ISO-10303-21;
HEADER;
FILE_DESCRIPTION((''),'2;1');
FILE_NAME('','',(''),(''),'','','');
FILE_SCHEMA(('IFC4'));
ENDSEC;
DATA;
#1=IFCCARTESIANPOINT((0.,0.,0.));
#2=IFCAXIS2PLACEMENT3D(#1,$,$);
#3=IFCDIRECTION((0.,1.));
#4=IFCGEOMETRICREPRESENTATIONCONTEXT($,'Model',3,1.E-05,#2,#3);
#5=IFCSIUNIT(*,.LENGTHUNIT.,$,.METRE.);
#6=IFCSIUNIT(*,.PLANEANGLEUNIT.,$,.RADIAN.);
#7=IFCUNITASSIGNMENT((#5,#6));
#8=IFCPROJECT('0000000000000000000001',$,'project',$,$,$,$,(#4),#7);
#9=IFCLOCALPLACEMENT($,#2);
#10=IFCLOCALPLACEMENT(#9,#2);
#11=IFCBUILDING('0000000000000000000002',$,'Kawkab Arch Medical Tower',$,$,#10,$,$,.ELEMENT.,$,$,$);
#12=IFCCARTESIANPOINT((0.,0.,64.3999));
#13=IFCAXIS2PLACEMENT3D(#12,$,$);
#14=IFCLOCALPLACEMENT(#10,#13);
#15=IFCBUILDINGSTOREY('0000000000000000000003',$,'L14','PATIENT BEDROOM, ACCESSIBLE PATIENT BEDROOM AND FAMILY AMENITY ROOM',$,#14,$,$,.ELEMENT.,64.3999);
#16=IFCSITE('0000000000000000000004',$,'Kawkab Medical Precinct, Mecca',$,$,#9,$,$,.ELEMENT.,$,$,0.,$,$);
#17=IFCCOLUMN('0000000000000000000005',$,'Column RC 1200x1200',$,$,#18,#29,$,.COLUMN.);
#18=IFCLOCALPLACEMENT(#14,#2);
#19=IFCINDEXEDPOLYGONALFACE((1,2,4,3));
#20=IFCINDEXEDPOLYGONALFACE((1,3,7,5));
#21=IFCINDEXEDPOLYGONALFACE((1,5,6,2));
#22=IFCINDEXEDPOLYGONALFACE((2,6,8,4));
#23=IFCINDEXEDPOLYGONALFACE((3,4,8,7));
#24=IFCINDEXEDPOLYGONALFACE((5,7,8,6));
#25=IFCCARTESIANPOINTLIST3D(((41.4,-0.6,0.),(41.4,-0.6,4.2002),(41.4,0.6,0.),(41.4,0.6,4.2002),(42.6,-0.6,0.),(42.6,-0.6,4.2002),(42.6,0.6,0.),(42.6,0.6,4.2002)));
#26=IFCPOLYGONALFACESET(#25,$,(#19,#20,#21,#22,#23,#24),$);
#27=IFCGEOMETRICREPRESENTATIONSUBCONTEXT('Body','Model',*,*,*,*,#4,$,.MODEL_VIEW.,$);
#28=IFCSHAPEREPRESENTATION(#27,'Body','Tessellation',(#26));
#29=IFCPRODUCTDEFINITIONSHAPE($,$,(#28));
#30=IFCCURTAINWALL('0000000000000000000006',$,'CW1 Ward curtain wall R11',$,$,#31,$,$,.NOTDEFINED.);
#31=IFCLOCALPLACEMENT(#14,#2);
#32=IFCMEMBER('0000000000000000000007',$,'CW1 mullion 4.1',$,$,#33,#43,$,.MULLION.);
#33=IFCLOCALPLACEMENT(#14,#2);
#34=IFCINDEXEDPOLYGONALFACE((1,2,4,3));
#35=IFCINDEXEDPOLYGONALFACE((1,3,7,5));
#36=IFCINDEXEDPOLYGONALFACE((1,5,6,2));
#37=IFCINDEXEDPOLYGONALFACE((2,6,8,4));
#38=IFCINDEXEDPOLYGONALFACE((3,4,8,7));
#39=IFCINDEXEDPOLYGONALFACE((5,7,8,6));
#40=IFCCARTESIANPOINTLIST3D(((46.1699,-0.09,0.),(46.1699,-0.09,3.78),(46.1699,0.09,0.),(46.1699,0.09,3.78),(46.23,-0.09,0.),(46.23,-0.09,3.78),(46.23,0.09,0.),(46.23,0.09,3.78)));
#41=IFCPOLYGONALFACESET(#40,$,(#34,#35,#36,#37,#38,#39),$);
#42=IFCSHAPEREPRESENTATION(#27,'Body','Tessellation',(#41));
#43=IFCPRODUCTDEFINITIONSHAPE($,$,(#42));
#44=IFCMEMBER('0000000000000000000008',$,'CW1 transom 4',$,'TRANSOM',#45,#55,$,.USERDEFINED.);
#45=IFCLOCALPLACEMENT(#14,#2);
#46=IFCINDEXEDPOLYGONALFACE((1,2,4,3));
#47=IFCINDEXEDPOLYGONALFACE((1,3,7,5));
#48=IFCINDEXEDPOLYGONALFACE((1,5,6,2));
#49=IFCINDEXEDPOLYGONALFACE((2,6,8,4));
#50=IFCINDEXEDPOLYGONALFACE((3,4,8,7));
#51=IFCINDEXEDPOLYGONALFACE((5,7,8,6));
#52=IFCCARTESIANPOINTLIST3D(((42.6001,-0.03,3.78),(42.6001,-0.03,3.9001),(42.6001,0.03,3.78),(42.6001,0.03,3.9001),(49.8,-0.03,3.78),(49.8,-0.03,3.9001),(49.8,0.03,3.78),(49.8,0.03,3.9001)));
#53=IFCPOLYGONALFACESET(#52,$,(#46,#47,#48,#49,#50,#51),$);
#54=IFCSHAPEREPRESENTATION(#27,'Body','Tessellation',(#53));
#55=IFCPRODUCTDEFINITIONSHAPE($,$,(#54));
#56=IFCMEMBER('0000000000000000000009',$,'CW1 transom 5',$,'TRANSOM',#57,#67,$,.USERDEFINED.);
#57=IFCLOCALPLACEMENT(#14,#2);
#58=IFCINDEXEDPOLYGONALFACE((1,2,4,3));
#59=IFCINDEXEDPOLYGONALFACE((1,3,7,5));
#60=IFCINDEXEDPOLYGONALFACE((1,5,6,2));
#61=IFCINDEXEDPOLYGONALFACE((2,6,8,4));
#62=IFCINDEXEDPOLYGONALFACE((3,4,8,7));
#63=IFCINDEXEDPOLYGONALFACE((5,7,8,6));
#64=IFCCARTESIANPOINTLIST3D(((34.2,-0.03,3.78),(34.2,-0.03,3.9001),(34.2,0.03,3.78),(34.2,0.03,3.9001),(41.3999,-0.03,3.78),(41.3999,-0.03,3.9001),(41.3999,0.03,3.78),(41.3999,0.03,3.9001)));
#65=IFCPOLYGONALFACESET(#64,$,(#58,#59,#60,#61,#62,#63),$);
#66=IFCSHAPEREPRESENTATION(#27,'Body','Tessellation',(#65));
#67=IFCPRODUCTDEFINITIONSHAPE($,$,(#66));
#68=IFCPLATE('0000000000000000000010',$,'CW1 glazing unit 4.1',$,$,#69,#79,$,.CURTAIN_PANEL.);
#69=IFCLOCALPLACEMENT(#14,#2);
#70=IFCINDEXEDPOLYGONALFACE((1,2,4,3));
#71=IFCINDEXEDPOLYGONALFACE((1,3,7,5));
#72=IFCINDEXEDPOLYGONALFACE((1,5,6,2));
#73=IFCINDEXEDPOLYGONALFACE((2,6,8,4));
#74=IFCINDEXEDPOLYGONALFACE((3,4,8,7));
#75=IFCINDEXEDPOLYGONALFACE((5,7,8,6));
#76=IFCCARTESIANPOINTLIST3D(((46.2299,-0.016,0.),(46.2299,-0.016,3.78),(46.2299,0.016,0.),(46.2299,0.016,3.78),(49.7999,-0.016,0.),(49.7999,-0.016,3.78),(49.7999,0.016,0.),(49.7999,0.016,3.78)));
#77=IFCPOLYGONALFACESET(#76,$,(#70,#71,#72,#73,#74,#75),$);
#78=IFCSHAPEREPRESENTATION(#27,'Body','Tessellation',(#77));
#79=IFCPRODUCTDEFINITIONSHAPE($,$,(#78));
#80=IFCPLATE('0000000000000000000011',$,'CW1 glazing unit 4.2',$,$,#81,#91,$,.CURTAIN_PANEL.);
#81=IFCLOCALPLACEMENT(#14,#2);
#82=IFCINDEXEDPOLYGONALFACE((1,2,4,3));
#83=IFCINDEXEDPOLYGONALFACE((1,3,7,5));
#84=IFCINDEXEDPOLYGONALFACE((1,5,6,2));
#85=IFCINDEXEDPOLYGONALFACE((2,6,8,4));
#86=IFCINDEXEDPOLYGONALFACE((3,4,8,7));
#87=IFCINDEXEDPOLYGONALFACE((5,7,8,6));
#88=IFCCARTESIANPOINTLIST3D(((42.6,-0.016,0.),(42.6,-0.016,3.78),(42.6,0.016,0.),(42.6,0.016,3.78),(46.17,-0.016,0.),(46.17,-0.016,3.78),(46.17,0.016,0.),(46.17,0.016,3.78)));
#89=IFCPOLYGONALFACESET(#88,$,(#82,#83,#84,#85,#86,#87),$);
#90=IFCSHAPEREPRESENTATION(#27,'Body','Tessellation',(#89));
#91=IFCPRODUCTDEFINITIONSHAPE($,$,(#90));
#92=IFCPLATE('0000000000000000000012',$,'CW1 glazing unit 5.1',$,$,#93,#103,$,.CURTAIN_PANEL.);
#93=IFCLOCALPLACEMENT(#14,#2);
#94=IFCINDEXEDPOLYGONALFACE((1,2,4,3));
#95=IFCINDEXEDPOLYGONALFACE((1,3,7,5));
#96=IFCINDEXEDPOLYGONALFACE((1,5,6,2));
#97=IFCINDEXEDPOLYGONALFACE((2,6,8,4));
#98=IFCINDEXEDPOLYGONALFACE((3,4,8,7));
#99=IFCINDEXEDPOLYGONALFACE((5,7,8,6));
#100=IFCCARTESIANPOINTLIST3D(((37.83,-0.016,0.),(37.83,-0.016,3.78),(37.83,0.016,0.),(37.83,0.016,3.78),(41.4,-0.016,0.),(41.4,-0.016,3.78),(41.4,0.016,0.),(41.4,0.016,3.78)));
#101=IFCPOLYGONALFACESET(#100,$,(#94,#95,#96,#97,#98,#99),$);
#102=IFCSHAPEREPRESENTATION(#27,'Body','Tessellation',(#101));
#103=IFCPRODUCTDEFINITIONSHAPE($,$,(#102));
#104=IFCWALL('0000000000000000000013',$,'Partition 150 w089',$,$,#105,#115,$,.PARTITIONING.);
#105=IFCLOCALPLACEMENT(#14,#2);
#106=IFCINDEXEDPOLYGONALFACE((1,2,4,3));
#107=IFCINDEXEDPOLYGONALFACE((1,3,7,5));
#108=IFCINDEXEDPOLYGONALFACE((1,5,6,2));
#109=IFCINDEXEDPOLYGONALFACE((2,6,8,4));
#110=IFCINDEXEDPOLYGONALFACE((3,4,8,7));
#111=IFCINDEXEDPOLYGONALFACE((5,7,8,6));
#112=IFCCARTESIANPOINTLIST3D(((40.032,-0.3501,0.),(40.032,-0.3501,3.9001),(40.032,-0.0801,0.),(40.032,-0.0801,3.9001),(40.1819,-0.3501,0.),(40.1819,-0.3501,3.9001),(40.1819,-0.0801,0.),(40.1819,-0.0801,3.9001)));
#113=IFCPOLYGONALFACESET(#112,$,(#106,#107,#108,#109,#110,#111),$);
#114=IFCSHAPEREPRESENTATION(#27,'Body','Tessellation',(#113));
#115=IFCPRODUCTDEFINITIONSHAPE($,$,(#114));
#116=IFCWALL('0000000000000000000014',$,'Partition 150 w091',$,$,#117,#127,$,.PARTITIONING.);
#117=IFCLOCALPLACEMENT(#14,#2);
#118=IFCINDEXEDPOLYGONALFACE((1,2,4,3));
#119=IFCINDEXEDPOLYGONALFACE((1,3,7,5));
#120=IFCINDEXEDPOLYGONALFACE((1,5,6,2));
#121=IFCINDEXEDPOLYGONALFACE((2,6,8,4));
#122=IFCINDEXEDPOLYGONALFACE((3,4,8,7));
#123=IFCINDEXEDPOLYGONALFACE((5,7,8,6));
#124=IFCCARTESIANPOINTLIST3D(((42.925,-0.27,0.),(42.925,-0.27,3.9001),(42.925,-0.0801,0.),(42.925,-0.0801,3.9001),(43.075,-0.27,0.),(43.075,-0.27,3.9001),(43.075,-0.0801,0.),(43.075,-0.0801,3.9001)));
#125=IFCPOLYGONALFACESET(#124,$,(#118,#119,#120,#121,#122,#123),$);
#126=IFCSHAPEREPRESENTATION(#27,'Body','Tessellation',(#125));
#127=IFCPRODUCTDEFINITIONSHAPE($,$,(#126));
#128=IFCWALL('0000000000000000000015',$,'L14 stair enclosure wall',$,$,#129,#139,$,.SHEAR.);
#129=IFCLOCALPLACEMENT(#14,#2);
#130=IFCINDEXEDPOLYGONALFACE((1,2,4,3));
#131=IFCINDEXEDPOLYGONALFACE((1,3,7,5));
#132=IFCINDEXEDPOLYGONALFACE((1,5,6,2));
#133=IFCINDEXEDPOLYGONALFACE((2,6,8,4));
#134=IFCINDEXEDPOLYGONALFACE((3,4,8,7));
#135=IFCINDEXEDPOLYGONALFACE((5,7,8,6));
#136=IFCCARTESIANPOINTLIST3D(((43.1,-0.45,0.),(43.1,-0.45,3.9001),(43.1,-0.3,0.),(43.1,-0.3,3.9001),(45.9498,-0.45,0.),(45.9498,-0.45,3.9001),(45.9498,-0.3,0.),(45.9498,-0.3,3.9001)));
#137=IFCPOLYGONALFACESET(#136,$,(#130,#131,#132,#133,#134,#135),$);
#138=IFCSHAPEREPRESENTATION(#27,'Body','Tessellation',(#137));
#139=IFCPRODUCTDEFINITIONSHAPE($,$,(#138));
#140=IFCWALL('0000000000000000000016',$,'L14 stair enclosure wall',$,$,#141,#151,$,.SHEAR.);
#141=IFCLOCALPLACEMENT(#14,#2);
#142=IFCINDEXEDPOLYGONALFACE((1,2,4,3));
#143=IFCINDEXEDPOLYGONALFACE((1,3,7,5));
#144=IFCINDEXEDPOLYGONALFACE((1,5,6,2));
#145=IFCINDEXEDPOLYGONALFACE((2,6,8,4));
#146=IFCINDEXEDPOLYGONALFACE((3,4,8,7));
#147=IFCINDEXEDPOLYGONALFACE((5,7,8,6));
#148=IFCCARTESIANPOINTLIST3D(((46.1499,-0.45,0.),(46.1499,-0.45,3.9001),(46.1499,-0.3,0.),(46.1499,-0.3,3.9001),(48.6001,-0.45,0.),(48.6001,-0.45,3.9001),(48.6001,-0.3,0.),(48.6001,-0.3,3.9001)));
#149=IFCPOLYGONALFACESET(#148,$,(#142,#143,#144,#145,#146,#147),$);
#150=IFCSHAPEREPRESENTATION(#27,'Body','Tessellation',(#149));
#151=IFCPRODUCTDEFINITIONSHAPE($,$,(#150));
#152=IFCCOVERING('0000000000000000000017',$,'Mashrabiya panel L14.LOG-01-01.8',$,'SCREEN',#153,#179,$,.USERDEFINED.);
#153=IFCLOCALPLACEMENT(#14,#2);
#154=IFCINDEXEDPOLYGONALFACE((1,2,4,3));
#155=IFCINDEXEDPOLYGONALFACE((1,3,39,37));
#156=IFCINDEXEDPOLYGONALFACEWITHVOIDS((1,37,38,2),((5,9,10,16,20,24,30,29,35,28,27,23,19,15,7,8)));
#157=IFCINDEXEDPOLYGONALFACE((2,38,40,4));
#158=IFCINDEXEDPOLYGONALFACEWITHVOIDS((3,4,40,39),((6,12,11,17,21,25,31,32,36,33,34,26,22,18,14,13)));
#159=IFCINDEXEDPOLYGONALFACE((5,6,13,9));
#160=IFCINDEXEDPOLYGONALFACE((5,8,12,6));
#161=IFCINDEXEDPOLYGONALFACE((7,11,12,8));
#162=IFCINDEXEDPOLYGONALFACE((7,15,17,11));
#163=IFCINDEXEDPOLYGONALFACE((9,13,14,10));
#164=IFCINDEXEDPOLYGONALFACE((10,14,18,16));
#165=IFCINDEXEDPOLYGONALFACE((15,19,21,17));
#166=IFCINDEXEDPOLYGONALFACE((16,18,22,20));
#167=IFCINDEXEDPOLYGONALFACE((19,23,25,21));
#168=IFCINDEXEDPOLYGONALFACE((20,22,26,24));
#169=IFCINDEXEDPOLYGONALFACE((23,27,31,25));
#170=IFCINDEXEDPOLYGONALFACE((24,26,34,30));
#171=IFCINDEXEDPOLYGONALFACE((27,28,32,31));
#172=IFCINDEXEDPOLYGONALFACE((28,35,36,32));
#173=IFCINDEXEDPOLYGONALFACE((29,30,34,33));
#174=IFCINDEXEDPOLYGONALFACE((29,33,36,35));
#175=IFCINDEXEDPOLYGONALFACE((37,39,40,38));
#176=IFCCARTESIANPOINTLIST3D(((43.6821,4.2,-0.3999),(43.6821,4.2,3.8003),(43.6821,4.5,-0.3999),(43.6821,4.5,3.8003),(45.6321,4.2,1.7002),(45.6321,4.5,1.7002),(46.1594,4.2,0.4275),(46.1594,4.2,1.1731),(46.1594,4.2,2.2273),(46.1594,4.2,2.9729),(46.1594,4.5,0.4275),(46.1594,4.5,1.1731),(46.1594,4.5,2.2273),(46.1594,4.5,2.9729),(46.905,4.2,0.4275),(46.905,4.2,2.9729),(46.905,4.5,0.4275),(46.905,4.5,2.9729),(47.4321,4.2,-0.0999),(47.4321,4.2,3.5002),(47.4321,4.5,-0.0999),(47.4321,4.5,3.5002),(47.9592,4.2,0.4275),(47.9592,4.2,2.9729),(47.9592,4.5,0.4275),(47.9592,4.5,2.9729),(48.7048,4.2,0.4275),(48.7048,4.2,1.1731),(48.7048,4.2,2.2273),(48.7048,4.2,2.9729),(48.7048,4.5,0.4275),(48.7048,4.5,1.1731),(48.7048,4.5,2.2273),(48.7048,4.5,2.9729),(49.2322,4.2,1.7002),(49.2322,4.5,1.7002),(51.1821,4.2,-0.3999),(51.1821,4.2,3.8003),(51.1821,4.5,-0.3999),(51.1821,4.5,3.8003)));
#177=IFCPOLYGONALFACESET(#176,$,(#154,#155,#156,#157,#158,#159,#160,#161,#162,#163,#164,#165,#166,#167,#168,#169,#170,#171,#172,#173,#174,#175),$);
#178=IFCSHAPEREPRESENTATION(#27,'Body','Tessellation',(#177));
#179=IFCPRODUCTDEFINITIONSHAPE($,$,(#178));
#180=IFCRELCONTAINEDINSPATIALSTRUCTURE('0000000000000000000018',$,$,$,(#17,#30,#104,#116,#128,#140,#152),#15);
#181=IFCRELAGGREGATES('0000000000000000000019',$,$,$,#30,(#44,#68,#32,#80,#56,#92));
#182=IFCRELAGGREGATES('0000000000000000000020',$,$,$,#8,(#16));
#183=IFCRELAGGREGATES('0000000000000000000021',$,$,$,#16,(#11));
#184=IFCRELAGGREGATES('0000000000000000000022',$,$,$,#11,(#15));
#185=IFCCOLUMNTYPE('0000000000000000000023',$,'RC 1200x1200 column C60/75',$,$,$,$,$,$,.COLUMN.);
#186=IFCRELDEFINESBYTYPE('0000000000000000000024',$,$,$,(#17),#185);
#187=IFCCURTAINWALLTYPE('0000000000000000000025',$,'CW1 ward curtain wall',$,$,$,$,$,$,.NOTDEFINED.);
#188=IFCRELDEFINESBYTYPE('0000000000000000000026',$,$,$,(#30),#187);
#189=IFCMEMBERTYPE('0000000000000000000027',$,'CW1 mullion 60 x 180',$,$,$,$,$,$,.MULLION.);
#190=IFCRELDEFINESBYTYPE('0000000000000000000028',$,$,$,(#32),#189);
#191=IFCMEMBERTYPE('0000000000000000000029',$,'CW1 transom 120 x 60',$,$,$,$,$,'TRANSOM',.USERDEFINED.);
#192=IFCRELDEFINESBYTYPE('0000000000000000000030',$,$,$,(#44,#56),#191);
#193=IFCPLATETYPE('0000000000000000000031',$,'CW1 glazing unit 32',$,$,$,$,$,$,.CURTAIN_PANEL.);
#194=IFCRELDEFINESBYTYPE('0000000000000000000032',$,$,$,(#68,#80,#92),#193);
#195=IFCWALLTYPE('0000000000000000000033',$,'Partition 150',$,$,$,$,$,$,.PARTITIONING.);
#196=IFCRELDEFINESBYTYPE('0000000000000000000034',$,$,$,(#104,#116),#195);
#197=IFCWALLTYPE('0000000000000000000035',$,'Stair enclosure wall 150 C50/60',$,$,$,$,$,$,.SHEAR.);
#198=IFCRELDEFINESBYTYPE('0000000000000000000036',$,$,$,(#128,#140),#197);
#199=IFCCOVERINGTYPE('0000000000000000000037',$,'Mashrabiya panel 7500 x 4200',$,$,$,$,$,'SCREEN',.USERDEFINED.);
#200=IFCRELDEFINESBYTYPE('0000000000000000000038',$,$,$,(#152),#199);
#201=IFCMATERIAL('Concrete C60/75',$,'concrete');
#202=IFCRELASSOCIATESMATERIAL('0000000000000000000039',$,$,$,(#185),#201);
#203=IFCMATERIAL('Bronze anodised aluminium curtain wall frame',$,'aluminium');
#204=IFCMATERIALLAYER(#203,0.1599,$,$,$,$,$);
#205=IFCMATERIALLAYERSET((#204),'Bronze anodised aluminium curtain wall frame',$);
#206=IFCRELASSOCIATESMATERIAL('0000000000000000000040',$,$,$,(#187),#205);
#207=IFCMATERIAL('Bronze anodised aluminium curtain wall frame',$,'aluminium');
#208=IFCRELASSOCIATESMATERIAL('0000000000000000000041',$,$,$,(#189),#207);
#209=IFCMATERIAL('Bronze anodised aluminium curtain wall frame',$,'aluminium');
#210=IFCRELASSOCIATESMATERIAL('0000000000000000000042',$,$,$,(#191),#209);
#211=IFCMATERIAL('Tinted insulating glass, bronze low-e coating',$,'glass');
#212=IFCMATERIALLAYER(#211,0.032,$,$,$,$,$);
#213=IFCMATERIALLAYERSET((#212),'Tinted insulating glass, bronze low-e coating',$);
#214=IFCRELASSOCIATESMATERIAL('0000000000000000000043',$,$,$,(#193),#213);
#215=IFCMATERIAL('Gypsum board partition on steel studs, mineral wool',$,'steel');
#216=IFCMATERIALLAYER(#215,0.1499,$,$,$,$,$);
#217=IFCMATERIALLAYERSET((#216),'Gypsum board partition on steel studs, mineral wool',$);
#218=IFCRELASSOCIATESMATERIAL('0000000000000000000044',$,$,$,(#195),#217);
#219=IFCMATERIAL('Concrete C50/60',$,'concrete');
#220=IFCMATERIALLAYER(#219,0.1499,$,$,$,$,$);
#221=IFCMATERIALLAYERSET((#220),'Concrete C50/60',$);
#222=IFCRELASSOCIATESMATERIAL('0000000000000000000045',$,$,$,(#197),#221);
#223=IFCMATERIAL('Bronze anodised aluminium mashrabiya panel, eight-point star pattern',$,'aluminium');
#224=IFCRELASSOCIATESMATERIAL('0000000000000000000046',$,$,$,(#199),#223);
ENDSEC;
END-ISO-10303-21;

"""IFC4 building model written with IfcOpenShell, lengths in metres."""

from ifc_helpers import new_model, si_unit, direction, frame, frame_2d, origin, origin_2d, place, context, subcontext, project, spatial, polyline, rectangle, outline, extrude, material, layer, layer_set, material_profile, profile_set, type_object, element, aggregate, save


model = new_model("IFC4")

# Units and contexts
model_context = context("Model", 3, precision=1e-05, world=origin(), true_north=direction((0.0, 1.0)))
body_context = subcontext(model_context, "Body", "Model", "MODEL_VIEW")
ifc_project = project(units=[si_unit("LENGTHUNIT", "METRE"), si_unit("PLANEANGLEUNIT", "RADIAN")], contexts=[model_context])

# Site, building, storey
site_placement = place(None, origin())
site = spatial("IfcSite", under=ifc_project, at=site_placement, Name="Kawkab Medical Precinct, Mecca", CompositionType="ELEMENT", RefElevation=0.0)
building_placement = place(site_placement, origin())
building = spatial("IfcBuilding", under=site, at=building_placement, Name="Kawkab Arch Medical Tower", CompositionType="ELEMENT")
storey_placement = place(building_placement, frame((0.0, 0.0, 64.3999)))
storey = spatial("IfcBuildingStorey", under=building, at=storey_placement, Name="L14", Description="PATIENT BEDROOM, ACCESSIBLE PATIENT BEDROOM AND FAMILY AMENITY ROOM", CompositionType="ELEMENT", Elevation=64.3999)

# Column
ifc_material_1 = material(Name="Concrete C60/75", Category="concrete")
ifc_material_profile_1 = material_profile(ifc_material_1, rectangle(XDim=1.2, YDim=1.2, at=origin_2d()), Name="RC 1200x1200")
ifc_profile_set_1 = profile_set([ifc_material_profile_1], Name="Concrete C60/75")
column_type = type_object("IfcColumnType", Name="RC 1200x1200 column C60/75", PredefinedType="COLUMN", material=ifc_profile_set_1)
column_placement = place(storey_placement, frame((42.0, 0.0, 0.0), z_axis=(0.0, 0.0, 1.0), x_axis=(1.0, 0.0, 0.0)))
element("IfcColumn", 1, at=column_placement, inside=storey, type_object=column_type, Name="Column RC 1200x1200", PredefinedType="COLUMN", context=body_context, shape_type="SweptSolid", body=[
    extrude(rectangle(XDim=1.2, YDim=1.2, at=origin_2d()), origin(), (0.0, 0.0, 1.0), 4.2002),
])

# Curtain wall, members, plates
ifc_material_2 = material(Name="Bronze anodised aluminium curtain wall frame", Category="aluminium")
ifc_layer_1 = layer(ifc_material_2, 0.1599)
ifc_layer_set_1 = layer_set([ifc_layer_1], Name="Bronze anodised aluminium curtain wall frame")
curtain_wall_type = type_object("IfcCurtainWallType", Name="CW1 ward curtain wall", PredefinedType="NOTDEFINED", material=ifc_layer_set_1)
curtain_wall_placement = place(storey_placement, origin())
curtain_wall = element("IfcCurtainWall", 2, at=curtain_wall_placement, inside=storey, type_object=curtain_wall_type, Name="CW1 Ward curtain wall R11", PredefinedType="NOTDEFINED")
ifc_material_3 = material(Name="Bronze anodised aluminium curtain wall frame", Category="aluminium")
ifc_material_profile_2 = material_profile(ifc_material_3, rectangle(XDim=0.1799, YDim=0.0601, at=origin_2d()), Name="AL 60x180")
ifc_profile_set_2 = profile_set([ifc_material_profile_2], Name="Bronze anodised aluminium curtain wall frame")
member_type_1 = type_object("IfcMemberType", Name="CW1 mullion 60 x 180", PredefinedType="MULLION", material=ifc_profile_set_2)
member_1_placement = place(storey_placement, frame((46.2, 0.0, 0.0), z_axis=(0.0, 0.0, 1.0), x_axis=(0.0, -1.0, 0.0)))
member_1 = element("IfcMember", 3, at=member_1_placement, type_object=member_type_1, Name="CW1 mullion 4.1", PredefinedType="MULLION", context=body_context, shape_type="SweptSolid", body=[
    extrude(rectangle(XDim=0.1799, YDim=0.0601, at=origin_2d()), origin(), (0.0, 0.0, 1.0), 3.78),
])
ifc_material_4 = material(Name="Bronze anodised aluminium curtain wall frame", Category="aluminium")
ifc_material_profile_3 = material_profile(ifc_material_4, rectangle(XDim=0.0601, YDim=0.1201, at=origin_2d()), Name="AL 60x120")
ifc_profile_set_3 = profile_set([ifc_material_profile_3], Name="Bronze anodised aluminium curtain wall frame")
member_type_2 = type_object("IfcMemberType", Name="CW1 transom 120 x 60", ElementType="TRANSOM", PredefinedType="USERDEFINED", material=ifc_profile_set_3)
member_2_placement = place(storey_placement, frame((49.8, 0.0, 3.8401), z_axis=(-1.0, 0.0, 0.0), x_axis=(0.0, -1.0, 0.0)))
member_2 = element("IfcMember", 4, at=member_2_placement, type_object=member_type_2, Name="CW1 transom 4", ObjectType="TRANSOM", PredefinedType="USERDEFINED", context=body_context, shape_type="SweptSolid", body=[
    extrude(rectangle(XDim=0.0601, YDim=0.1201, at=origin_2d()), origin(), (0.0, 0.0, 1.0), 7.2),
])
member_3_placement = place(storey_placement, frame((41.3999, 0.0, 3.8401), z_axis=(-1.0, 0.0, 0.0), x_axis=(0.0, -1.0, 0.0)))
member_3 = element("IfcMember", 5, at=member_3_placement, type_object=member_type_2, Name="CW1 transom 5", ObjectType="TRANSOM", PredefinedType="USERDEFINED", context=body_context, shape_type="SweptSolid", body=[
    extrude(rectangle(XDim=0.0601, YDim=0.1201, at=origin_2d()), origin(), (0.0, 0.0, 1.0), 7.2),
])
ifc_material_5 = material(Name="Tinted insulating glass, bronze low-e coating", Category="glass")
ifc_layer_2 = layer(ifc_material_5, 0.032)
ifc_layer_set_2 = layer_set([ifc_layer_2], Name="Tinted insulating glass, bronze low-e coating")
plate_type = type_object("IfcPlateType", Name="CW1 glazing unit 32", PredefinedType="CURTAIN_PANEL", material=ifc_layer_set_2)
plate_1_placement = place(storey_placement, frame((48.0149, 0.0, 0.0), z_axis=(0.0, 0.0, 1.0), x_axis=(-1.0, 0.0, 0.0)))
plate_1 = element("IfcPlate", 6, at=plate_1_placement, type_object=plate_type, Name="CW1 glazing unit 4.1", PredefinedType="CURTAIN_PANEL", context=body_context, shape_type="SweptSolid", body=[
    extrude(rectangle(XDim=3.5701, YDim=0.032, at=origin_2d()), origin(), (0.0, 0.0, 1.0), 3.78),
])
plate_2_placement = place(storey_placement, frame((44.385, 0.0, 0.0), z_axis=(0.0, 0.0, 1.0), x_axis=(-1.0, 0.0, 0.0)))
plate_2 = element("IfcPlate", 7, at=plate_2_placement, type_object=plate_type, Name="CW1 glazing unit 4.2", PredefinedType="CURTAIN_PANEL", context=body_context, shape_type="SweptSolid", body=[
    extrude(rectangle(XDim=3.5701, YDim=0.032, at=origin_2d()), origin(), (0.0, 0.0, 1.0), 3.78),
])
plate_3_placement = place(storey_placement, frame((39.615, 0.0, 0.0), z_axis=(0.0, 0.0, 1.0), x_axis=(-1.0, 0.0, 0.0)))
plate_3 = element("IfcPlate", 8, at=plate_3_placement, type_object=plate_type, Name="CW1 glazing unit 5.1", PredefinedType="CURTAIN_PANEL", context=body_context, shape_type="SweptSolid", body=[
    extrude(rectangle(XDim=3.5701, YDim=0.032, at=origin_2d()), origin(), (0.0, 0.0, 1.0), 3.78),
])
aggregate(curtain_wall, [member_2, plate_1, member_1, plate_2, member_3, plate_3])

# Walls
ifc_material_6 = material(Name="Gypsum board partition on steel studs, mineral wool", Category="steel")
ifc_layer_3 = layer(ifc_material_6, 0.1499)
ifc_layer_set_3 = layer_set([ifc_layer_3], Name="Gypsum board partition on steel studs, mineral wool")
wall_type_1 = type_object("IfcWallType", Name="Partition 150", PredefinedType="PARTITIONING", material=ifc_layer_set_3)
wall_1_placement = place(storey_placement, frame((40.1069, -0.3501, 0.0), z_axis=(0.0, 0.0, 1.0), x_axis=(0.0, 1.0, 0.0)))
element("IfcWall", 9, at=wall_1_placement, inside=storey, type_object=wall_type_1, Name="Partition 150 w089", PredefinedType="PARTITIONING", context=body_context, shape_type="SweptSolid", body=[
    extrude(rectangle(XDim=0.27, YDim=0.1499, at=frame_2d((0.135, 0.0))), origin(), (0.0, 0.0, 1.0), 3.9001),
])
wall_2_placement = place(storey_placement, frame((43.0, -0.27, 0.0), z_axis=(0.0, 0.0, 1.0), x_axis=(0.0, 1.0, 0.0)))
element("IfcWall", 10, at=wall_2_placement, inside=storey, type_object=wall_type_1, Name="Partition 150 w091", PredefinedType="PARTITIONING", context=body_context, shape_type="SweptSolid", body=[
    extrude(rectangle(XDim=0.1899, YDim=0.1499, at=frame_2d((0.095, 0.0))), origin(), (0.0, 0.0, 1.0), 3.9001),
])
ifc_material_7 = material(Name="Concrete C50/60", Category="concrete")
ifc_layer_4 = layer(ifc_material_7, 0.1499)
ifc_layer_set_4 = layer_set([ifc_layer_4], Name="Concrete C50/60")
wall_type_2 = type_object("IfcWallType", Name="Stair enclosure wall 150 C50/60", PredefinedType="SHEAR", material=ifc_layer_set_4)
wall_3_placement = place(storey_placement, frame((43.1001, -0.375, 0.0), z_axis=(0.0, 0.0, 1.0), x_axis=(1.0, 0.0, 0.0)))
element("IfcWall", 11, at=wall_3_placement, inside=storey, type_object=wall_type_2, Name="L14 stair enclosure wall", PredefinedType="SHEAR", context=body_context, shape_type="SweptSolid", body=[
    extrude(rectangle(XDim=2.8499, YDim=0.1499, at=frame_2d((1.4248, 0.0))), origin(), (0.0, 0.0, 1.0), 3.9001),
])
wall_4_placement = place(storey_placement, frame((46.1499, -0.375, 0.0), z_axis=(0.0, 0.0, 1.0), x_axis=(1.0, 0.0, 0.0)))
element("IfcWall", 12, at=wall_4_placement, inside=storey, type_object=wall_type_2, Name="L14 stair enclosure wall", PredefinedType="SHEAR", context=body_context, shape_type="SweptSolid", body=[
    extrude(rectangle(XDim=2.4502, YDim=0.1499, at=frame_2d((1.2251, 0.0))), origin(), (0.0, 0.0, 1.0), 3.9001),
])

# Covering
ifc_material_8 = material(Name="Bronze anodised aluminium mashrabiya panel, eight-point star pattern", Category="aluminium")
ifc_material_profile_4 = material_profile(ifc_material_8, outline(polyline([(-3.75, -2.1001), (3.75, -2.1001), (3.75, 2.1001), (-3.75, 2.1001), (-3.75, -2.1001)]), holes=[polyline([(1.8, 0.0), (1.2727, 0.5271), (1.2727, 1.2727), (0.5271, 1.2727), (0.0, 1.8), (-0.5271, 1.2727), (-1.2727, 1.2727), (-1.2727, 0.5271), (-1.8, 0.0), (-1.2727, -0.5271), (-1.2727, -1.2727), (-0.5271, -1.2727), (0.0, -1.8), (0.5271, -1.2727), (1.2727, -1.2727), (1.2727, -0.5271), (1.8, 0.0)])]), Name="Mashrabiya panel 7500x4200")
ifc_profile_set_4 = profile_set([ifc_material_profile_4], Name="Bronze anodised aluminium mashrabiya panel, eight-point star pattern")
covering_type_1 = type_object("IfcCoveringType", Name="Mashrabiya panel 7500 x 4200", ElementType="SCREEN", PredefinedType="USERDEFINED", material=ifc_profile_set_4)
covering_1_placement = place(storey_placement, frame((47.4321, 4.2, 1.7002), z_axis=(0.0, 1.0, 0.0), x_axis=(-1.0, 0.0, 0.0)))
element("IfcCovering", 13, at=covering_1_placement, inside=storey, type_object=covering_type_1, Name="Mashrabiya panel L14.LOG-01-01.8", ObjectType="SCREEN", PredefinedType="USERDEFINED", context=body_context, shape_type="SweptSolid", body=[
    extrude(outline(polyline([(-3.75, -2.1001), (3.75, -2.1001), (3.75, 2.1001), (-3.75, 2.1001), (-3.75, -2.1001)]), holes=[polyline([(1.8, 0.0), (1.2727, 0.5271), (1.2727, 1.2727), (0.5271, 1.2727), (0.0, 1.8), (-0.5271, 1.2727), (-1.2727, 1.2727), (-1.2727, 0.5271), (-1.8, 0.0), (-1.2727, -0.5271), (-1.2727, -1.2727), (-0.5271, -1.2727), (0.0, -1.8), (0.5271, -1.2727), (1.2727, -1.2727), (1.2727, -0.5271), (1.8, 0.0)])]), origin(), (0.0, 0.0, 1.0), 0.3),
])

save(model, "model.ifc")
